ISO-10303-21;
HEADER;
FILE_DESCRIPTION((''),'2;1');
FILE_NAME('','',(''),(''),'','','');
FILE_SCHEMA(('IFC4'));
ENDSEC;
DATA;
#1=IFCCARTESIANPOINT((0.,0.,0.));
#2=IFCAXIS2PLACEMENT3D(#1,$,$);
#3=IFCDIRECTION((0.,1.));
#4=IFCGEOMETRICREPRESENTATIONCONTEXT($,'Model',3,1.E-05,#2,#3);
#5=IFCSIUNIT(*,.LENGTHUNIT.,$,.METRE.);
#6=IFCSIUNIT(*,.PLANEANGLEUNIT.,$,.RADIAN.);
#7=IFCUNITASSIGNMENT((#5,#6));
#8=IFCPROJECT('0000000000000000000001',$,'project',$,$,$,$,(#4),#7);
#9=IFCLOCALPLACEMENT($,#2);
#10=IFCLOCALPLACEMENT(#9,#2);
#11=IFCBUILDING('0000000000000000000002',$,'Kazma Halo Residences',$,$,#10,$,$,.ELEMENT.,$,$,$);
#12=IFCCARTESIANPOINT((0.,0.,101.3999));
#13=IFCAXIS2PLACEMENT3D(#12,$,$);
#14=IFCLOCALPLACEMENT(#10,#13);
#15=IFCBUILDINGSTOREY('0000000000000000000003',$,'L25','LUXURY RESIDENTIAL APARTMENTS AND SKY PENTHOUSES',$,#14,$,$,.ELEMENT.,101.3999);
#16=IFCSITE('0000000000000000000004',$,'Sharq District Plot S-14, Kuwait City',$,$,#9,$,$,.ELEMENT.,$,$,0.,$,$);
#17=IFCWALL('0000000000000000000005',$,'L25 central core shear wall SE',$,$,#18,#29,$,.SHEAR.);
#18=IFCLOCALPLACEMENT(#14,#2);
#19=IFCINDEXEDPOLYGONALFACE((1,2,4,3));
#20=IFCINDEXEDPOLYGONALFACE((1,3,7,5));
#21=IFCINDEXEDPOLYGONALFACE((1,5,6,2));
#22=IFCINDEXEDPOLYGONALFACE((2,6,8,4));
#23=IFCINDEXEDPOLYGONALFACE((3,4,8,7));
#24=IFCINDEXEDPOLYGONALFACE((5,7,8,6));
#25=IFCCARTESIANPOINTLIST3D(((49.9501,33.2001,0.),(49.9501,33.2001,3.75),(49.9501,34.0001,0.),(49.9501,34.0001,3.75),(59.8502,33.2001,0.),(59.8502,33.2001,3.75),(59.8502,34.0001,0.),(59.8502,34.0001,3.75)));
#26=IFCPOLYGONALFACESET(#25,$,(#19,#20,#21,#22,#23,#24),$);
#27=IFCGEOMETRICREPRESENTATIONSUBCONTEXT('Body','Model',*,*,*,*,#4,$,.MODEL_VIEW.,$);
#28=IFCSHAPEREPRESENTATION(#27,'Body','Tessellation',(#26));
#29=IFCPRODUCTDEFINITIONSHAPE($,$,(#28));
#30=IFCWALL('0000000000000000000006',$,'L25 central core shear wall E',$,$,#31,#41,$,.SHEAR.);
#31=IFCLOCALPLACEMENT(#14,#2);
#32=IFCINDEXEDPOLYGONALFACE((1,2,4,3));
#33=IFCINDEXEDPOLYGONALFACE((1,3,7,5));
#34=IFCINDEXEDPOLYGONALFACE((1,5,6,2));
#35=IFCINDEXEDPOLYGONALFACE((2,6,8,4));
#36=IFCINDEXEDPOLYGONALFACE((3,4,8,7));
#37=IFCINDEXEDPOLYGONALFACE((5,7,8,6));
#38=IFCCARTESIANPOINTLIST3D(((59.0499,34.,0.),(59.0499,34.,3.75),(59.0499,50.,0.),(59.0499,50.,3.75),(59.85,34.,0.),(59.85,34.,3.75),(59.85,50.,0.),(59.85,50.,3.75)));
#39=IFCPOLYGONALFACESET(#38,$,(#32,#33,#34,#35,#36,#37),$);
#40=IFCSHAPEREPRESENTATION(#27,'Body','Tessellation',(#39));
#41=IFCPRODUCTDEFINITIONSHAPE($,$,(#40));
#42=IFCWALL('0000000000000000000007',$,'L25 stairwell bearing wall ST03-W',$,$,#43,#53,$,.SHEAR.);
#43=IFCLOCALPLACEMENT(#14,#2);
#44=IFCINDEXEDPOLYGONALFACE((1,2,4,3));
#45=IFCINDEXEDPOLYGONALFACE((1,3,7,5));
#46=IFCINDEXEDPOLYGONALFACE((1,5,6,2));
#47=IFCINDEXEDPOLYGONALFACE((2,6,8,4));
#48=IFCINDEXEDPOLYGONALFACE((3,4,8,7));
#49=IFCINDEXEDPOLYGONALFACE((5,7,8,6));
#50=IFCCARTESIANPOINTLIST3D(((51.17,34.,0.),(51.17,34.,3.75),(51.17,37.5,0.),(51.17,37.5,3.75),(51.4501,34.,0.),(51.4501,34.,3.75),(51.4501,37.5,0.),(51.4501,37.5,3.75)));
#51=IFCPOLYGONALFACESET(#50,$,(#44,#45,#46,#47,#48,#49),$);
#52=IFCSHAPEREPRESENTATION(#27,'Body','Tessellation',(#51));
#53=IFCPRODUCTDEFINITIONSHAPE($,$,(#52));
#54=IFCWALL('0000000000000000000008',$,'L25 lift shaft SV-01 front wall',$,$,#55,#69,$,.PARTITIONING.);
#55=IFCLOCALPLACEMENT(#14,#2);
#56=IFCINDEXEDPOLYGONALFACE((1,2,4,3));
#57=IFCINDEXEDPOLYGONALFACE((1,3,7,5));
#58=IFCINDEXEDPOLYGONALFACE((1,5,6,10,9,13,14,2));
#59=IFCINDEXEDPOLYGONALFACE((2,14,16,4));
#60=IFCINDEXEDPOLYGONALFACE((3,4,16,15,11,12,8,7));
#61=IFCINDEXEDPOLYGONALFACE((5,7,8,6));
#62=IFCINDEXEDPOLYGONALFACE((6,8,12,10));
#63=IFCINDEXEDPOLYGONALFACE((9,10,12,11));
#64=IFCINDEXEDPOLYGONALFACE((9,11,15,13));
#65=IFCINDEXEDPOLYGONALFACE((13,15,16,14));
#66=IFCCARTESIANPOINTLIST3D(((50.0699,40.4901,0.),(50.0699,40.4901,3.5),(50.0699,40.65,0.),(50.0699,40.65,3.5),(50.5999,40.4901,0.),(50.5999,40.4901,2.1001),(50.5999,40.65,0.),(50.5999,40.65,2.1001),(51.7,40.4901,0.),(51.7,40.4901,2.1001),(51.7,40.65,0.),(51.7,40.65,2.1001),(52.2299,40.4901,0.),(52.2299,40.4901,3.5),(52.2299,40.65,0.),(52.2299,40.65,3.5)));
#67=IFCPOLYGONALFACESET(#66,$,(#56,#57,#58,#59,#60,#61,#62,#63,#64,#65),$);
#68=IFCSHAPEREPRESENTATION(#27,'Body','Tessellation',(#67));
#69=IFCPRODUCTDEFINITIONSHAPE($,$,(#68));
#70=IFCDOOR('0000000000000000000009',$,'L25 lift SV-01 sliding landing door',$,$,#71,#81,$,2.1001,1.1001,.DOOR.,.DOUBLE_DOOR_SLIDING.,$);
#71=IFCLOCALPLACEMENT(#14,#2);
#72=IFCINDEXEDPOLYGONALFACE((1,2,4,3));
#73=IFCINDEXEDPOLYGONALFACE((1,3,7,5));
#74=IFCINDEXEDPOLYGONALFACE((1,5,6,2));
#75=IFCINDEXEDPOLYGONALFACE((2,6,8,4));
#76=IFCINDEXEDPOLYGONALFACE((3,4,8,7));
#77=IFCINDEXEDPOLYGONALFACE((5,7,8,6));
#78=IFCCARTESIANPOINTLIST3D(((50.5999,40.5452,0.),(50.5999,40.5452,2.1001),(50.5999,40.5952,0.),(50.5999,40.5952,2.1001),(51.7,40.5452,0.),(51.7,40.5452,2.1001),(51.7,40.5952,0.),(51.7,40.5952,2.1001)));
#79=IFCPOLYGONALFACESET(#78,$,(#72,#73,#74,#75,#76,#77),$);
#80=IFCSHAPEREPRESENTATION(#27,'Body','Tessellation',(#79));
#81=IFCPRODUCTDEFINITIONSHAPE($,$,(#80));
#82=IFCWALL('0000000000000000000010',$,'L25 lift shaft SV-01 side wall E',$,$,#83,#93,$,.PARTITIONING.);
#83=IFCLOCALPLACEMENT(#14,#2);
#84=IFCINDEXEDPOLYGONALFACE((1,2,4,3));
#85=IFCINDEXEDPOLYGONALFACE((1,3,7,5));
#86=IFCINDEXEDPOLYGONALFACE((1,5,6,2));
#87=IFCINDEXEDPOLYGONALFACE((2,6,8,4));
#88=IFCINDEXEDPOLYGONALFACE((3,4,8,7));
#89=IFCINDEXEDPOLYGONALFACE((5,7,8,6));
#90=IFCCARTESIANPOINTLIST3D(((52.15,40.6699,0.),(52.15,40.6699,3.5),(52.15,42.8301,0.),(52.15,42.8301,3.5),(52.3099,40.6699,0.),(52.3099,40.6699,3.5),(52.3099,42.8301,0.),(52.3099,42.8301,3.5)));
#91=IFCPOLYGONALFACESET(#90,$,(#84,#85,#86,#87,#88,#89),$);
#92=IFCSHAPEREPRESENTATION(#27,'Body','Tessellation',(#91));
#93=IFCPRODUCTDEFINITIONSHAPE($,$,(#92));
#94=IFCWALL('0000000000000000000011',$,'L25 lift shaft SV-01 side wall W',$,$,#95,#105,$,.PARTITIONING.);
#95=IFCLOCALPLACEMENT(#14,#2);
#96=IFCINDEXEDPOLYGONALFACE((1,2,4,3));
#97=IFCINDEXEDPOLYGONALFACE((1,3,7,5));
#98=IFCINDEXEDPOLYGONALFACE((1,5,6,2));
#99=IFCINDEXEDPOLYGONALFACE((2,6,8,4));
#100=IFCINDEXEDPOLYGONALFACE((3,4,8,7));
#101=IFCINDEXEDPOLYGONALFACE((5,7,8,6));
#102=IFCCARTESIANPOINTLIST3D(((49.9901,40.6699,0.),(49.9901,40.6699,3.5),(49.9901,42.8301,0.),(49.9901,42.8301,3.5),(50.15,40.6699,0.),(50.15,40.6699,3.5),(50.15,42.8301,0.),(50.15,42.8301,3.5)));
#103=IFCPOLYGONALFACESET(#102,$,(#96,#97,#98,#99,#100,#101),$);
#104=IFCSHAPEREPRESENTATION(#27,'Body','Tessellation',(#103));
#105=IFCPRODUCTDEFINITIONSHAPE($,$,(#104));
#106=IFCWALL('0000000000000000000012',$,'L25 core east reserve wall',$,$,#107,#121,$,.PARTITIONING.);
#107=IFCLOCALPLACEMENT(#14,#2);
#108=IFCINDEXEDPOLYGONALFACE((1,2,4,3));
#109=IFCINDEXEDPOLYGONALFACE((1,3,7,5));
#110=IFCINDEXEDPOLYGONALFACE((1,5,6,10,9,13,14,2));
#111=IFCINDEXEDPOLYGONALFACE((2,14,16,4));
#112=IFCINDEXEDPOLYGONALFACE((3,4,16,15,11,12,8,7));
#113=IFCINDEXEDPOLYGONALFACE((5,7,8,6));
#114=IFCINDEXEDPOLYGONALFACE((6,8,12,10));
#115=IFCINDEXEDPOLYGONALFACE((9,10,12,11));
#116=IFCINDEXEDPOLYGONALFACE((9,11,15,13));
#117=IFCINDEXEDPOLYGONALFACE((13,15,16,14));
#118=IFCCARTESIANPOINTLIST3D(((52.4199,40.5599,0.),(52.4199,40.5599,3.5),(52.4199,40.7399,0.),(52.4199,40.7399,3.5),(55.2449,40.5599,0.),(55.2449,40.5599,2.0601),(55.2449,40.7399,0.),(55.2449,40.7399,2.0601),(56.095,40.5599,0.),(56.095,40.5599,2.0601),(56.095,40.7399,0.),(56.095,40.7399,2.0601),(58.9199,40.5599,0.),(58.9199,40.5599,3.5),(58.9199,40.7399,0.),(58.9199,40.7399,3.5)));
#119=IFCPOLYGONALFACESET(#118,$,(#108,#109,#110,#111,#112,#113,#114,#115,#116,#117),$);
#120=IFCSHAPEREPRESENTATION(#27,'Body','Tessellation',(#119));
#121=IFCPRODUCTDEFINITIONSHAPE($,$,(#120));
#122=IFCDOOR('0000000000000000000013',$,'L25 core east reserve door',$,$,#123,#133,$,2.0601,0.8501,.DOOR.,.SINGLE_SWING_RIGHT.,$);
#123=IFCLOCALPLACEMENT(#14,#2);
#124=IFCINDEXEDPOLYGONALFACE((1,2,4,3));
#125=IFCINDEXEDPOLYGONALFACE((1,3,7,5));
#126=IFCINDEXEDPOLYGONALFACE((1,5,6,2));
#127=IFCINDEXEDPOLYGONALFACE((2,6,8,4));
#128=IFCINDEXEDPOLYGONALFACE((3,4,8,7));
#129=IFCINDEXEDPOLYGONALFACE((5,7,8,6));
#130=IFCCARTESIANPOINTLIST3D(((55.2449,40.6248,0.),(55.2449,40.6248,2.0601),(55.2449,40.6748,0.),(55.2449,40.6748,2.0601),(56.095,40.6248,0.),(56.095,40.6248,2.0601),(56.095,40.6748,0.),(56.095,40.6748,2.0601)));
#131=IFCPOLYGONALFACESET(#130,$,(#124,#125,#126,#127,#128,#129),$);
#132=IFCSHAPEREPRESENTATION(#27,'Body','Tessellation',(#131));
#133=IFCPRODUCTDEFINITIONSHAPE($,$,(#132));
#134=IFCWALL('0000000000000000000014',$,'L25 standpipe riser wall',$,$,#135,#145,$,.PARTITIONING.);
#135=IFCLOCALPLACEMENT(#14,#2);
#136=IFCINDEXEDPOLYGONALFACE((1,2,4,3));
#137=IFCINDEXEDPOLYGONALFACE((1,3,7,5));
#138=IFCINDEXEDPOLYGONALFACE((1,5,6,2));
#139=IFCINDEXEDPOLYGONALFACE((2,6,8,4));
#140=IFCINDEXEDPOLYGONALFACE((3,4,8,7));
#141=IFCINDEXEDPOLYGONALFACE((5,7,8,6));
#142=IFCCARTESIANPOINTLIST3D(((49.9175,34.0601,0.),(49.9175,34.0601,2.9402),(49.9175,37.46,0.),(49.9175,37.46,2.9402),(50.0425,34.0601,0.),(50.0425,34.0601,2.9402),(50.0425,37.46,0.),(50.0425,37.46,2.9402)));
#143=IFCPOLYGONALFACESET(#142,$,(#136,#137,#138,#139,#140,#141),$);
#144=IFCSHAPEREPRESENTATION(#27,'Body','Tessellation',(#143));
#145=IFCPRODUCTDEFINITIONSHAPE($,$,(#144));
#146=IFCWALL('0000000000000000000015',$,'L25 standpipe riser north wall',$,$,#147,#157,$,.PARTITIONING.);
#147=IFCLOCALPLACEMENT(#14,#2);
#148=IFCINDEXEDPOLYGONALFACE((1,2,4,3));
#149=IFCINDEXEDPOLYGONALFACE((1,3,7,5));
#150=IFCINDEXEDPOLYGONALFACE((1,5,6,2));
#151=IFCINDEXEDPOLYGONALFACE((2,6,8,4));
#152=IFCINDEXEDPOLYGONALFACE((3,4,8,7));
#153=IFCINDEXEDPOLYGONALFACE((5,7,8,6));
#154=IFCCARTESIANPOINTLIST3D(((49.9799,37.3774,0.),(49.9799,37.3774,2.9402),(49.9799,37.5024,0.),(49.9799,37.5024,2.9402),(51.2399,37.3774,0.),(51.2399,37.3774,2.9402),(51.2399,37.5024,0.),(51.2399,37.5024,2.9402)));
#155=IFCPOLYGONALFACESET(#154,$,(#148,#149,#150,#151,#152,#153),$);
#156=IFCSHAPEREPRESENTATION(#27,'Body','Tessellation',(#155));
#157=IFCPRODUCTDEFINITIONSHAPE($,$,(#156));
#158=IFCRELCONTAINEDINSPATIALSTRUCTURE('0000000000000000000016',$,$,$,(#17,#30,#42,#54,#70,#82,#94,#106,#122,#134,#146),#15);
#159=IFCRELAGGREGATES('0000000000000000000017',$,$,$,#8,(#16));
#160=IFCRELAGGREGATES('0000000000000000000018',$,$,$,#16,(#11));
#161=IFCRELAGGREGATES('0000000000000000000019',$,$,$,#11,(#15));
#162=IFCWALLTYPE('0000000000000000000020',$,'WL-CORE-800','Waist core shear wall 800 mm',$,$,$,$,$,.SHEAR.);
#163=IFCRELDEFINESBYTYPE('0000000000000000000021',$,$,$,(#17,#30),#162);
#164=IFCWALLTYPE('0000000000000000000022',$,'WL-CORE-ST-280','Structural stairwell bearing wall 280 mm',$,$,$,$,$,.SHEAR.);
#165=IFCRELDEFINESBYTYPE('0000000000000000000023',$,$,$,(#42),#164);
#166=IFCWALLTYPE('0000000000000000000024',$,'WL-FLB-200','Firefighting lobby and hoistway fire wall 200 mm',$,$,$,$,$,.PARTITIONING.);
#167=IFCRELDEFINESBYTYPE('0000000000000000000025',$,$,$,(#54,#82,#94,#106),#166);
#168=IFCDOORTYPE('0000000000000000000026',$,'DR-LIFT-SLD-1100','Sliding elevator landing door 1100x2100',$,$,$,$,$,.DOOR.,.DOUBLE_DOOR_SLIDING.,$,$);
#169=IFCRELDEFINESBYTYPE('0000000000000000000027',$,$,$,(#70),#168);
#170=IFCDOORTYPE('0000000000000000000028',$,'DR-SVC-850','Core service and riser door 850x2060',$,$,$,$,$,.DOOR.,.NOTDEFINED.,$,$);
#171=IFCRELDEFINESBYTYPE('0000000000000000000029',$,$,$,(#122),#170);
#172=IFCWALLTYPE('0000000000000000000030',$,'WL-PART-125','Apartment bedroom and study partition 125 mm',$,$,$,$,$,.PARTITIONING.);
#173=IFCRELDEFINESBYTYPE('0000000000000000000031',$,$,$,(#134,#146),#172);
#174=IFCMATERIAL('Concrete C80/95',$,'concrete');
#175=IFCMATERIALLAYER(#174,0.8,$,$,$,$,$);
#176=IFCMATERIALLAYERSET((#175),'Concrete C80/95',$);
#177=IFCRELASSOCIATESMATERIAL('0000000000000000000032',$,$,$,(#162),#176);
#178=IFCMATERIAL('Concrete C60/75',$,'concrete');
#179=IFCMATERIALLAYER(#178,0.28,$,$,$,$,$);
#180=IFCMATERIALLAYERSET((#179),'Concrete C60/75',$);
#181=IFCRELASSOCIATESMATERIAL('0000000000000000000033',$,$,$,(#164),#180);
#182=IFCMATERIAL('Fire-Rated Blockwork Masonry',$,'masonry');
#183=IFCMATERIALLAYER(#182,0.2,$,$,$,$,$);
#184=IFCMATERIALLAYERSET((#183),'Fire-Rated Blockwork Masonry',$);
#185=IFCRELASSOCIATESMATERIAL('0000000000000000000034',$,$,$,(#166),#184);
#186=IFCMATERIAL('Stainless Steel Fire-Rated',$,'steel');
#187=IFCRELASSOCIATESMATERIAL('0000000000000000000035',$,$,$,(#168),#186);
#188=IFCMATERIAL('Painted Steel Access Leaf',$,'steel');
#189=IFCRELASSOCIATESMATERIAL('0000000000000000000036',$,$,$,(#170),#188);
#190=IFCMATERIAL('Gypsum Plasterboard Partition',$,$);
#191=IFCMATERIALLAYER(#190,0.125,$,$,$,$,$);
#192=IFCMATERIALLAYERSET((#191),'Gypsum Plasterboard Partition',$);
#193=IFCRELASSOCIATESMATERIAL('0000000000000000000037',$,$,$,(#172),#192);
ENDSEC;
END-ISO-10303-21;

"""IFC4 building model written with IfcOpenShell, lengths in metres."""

from ifc_helpers import new_model, si_unit, direction, frame, frame_2d, origin, place, context, subcontext, project, spatial, rectangle, extrude, material, layer, layer_set, type_object, element, fill, save


model = new_model("IFC4")

# Units and contexts
model_context = context("Model", 3, precision=1e-05, world=origin(), true_north=direction((0.0, 1.0)))
body_context = subcontext(model_context, "Body", "Model", "MODEL_VIEW")
ifc_project = project(units=[si_unit("LENGTHUNIT", "METRE"), si_unit("PLANEANGLEUNIT", "RADIAN")], contexts=[model_context])

# Site, building, storey
site_placement = place(None, origin())
site = spatial("IfcSite", under=ifc_project, at=site_placement, Name="Sharq District Plot S-14, Kuwait City", CompositionType="ELEMENT", RefElevation=0.0)
building_placement = place(site_placement, origin())
building = spatial("IfcBuilding", under=site, at=building_placement, Name="Kazma Halo Residences", CompositionType="ELEMENT")
storey_placement = place(building_placement, frame((0.0, 0.0, 101.3999)))
storey = spatial("IfcBuildingStorey", under=building, at=storey_placement, Name="L25", Description="LUXURY RESIDENTIAL APARTMENTS AND SKY PENTHOUSES", CompositionType="ELEMENT", Elevation=101.3999)

# Walls
ifc_material_1 = material(Name="Concrete C80/95", Category="concrete")
ifc_layer_1 = layer(ifc_material_1, 0.8)
ifc_layer_set_1 = layer_set([ifc_layer_1], Name="Concrete C80/95")
wall_type_1 = type_object("IfcWallType", Name="WL-CORE-800", Description="Waist core shear wall 800 mm", PredefinedType="SHEAR", material=ifc_layer_set_1)
wall_1_placement = place(storey_placement, frame((49.95, 33.6001, 0.0), z_axis=(0.0, 0.0, 1.0), x_axis=(1.0, 0.0, 0.0)))
element("IfcWall", 1, at=wall_1_placement, inside=storey, type_object=wall_type_1, Name="L25 central core shear wall SE", PredefinedType="SHEAR", context=body_context, shape_type="SweptSolid", body=[
    extrude(rectangle(XDim=9.9001, YDim=0.8, at=frame_2d((4.9502, 0.0))), origin(), (0.0, 0.0, 1.0), 3.75),
])
wall_2_placement = place(storey_placement, frame((59.45, 34.0, 0.0), z_axis=(0.0, 0.0, 1.0), x_axis=(0.0, 1.0, 0.0)))
element("IfcWall", 2, at=wall_2_placement, inside=storey, type_object=wall_type_1, Name="L25 central core shear wall E", PredefinedType="SHEAR", context=body_context, shape_type="SweptSolid", body=[
    extrude(rectangle(XDim=16.0, YDim=0.8, at=frame_2d((8.0, 0.0))), origin(), (0.0, 0.0, 1.0), 3.75),
])
ifc_material_2 = material(Name="Concrete C60/75", Category="concrete")
ifc_layer_2 = layer(ifc_material_2, 0.28)
ifc_layer_set_2 = layer_set([ifc_layer_2], Name="Concrete C60/75")
wall_type_2 = type_object("IfcWallType", Name="WL-CORE-ST-280", Description="Structural stairwell bearing wall 280 mm", PredefinedType="SHEAR", material=ifc_layer_set_2)
wall_3_placement = place(storey_placement, frame((51.3101, 34.0, 0.0), z_axis=(0.0, 0.0, 1.0), x_axis=(0.0, 1.0, 0.0)))
element("IfcWall", 3, at=wall_3_placement, inside=storey, type_object=wall_type_2, Name="L25 stairwell bearing wall ST03-W", PredefinedType="SHEAR", context=body_context, shape_type="SweptSolid", body=[
    extrude(rectangle(XDim=3.5, YDim=0.28, at=frame_2d((1.75, 0.0))), origin(), (0.0, 0.0, 1.0), 3.75),
])

# Wall, opening, door
ifc_material_3 = material(Name="Fire-Rated Blockwork Masonry", Category="masonry")
ifc_layer_3 = layer(ifc_material_3, 0.2)
ifc_layer_set_3 = layer_set([ifc_layer_3], Name="Fire-Rated Blockwork Masonry")
wall_type_3 = type_object("IfcWallType", Name="WL-FLB-200", Description="Firefighting lobby and hoistway fire wall 200 mm", PredefinedType="PARTITIONING", material=ifc_layer_set_3)
wall_4_placement = place(storey_placement, frame((52.23, 40.5701, 0.0), z_axis=(0.0, 0.0, 1.0), x_axis=(-1.0, 0.0, 0.0)))
wall_4 = element("IfcWall", 4, at=wall_4_placement, inside=storey, type_object=wall_type_3, Name="L25 lift shaft SV-01 front wall", PredefinedType="PARTITIONING", context=body_context, shape_type="SweptSolid", body=[
    extrude(rectangle(XDim=2.1599, YDim=0.1599, at=frame_2d((1.0801, 0.0))), origin(), (0.0, 0.0, 1.0), 3.5),
])
opening_1_placement = place(wall_4_placement, frame((0.53, 0.0, 0.0)))
opening_1 = element("IfcOpeningElement", 5, at=opening_1_placement, cuts=wall_4, PredefinedType="OPENING", context=body_context, shape_type="SweptSolid", body=[
    extrude(rectangle(XDim=1.1001, YDim=2.1001, at=frame_2d((0.55, 1.05))), frame((0.0, 0.0898, 0.0), z_axis=(0.0, -1.0, 0.0), x_axis=(1.0, 0.0, 0.0)), (0.0, 0.0, 1.0), 0.1799),
])
ifc_material_4 = material(Name="Stainless Steel Fire-Rated", Category="steel")
door_type_1 = type_object("IfcDoorType", Name="DR-LIFT-SLD-1100", Description="Sliding elevator landing door 1100x2100", OperationType="DOUBLE_DOOR_SLIDING", PredefinedType="DOOR", material=ifc_material_4)
door_1_placement = place(opening_1_placement, origin())
door_1 = element("IfcDoor", 6, at=door_1_placement, inside=storey, type_object=door_type_1, Name="L25 lift SV-01 sliding landing door", OperationType="DOUBLE_DOOR_SLIDING", OverallHeight=2.1001, OverallWidth=1.1001, PredefinedType="DOOR", context=body_context, shape_type="SweptSolid", body=[
    extrude(rectangle(XDim=1.1001, YDim=2.1001, at=frame_2d((0.55, 1.05))), frame((0.0, 0.0249, 0.0), z_axis=(0.0, -1.0, 0.0), x_axis=(1.0, 0.0, 0.0)), (0.0, 0.0, 1.0), 0.05),
])
fill(opening_1, door_1)

# Walls
for number, where, z_axis, x_axis, name in (
    (7, (52.23, 40.6699, 0.0), (0.0, 0.0, 1.0), (0.0, 1.0, 0.0), "L25 lift shaft SV-01 side wall E"),
    (8, (50.0701, 40.6699, 0.0), (0.0, 0.0, 1.0), (0.0, 1.0, 0.0), "L25 lift shaft SV-01 side wall W"),
):
    element("IfcWall", number, at=place(storey_placement, frame(where, z_axis=z_axis, x_axis=x_axis)), inside=storey, type_object=wall_type_3, Name=name, PredefinedType="PARTITIONING", context=body_context, shape_type="SweptSolid", body=[
        extrude(rectangle(XDim=2.1602, YDim=0.1599, at=frame_2d((1.0801, 0.0))), origin(), (0.0, 0.0, 1.0), 3.5),
    ])

# Wall, opening, door
wall_5_placement = place(storey_placement, frame((52.4199, 40.6499, 0.0), z_axis=(0.0, 0.0, 1.0), x_axis=(1.0, 0.0, 0.0)))
wall_5 = element("IfcWall", 9, at=wall_5_placement, inside=storey, type_object=wall_type_3, Name="L25 core east reserve wall", PredefinedType="PARTITIONING", context=body_context, shape_type="SweptSolid", body=[
    extrude(rectangle(XDim=6.5, YDim=0.1799, at=frame_2d((3.25, 0.0))), origin(), (0.0, 0.0, 1.0), 3.5),
])
opening_2_placement = place(wall_5_placement, frame((2.825, 0.0, 0.0)))
opening_2 = element("IfcOpeningElement", 10, at=opening_2_placement, cuts=wall_5, PredefinedType="OPENING", context=body_context, shape_type="SweptSolid", body=[
    extrude(rectangle(XDim=0.8501, YDim=2.0601, at=frame_2d((0.425, 1.03))), frame((0.0, 0.0999, 0.0), z_axis=(0.0, -1.0, 0.0), x_axis=(1.0, 0.0, 0.0)), (0.0, 0.0, 1.0), 0.2),
])
ifc_material_5 = material(Name="Painted Steel Access Leaf", Category="steel")
door_type_2 = type_object("IfcDoorType", Name="DR-SVC-850", Description="Core service and riser door 850x2060", OperationType="NOTDEFINED", PredefinedType="DOOR", material=ifc_material_5)
door_2_placement = place(opening_2_placement, origin())
door_2 = element("IfcDoor", 11, at=door_2_placement, inside=storey, type_object=door_type_2, Name="L25 core east reserve door", OperationType="SINGLE_SWING_RIGHT", OverallHeight=2.0601, OverallWidth=0.8501, PredefinedType="DOOR", context=body_context, shape_type="SweptSolid", body=[
    extrude(rectangle(XDim=0.8501, YDim=2.0601, at=frame_2d((0.425, 1.03))), frame((0.0, 0.0249, 0.0), z_axis=(0.0, -1.0, 0.0), x_axis=(1.0, 0.0, 0.0)), (0.0, 0.0, 1.0), 0.05),
])
fill(opening_2, door_2)

# Walls
ifc_material_6 = material(Name="Gypsum Plasterboard Partition")
ifc_layer_4 = layer(ifc_material_6, 0.125)
ifc_layer_set_4 = layer_set([ifc_layer_4], Name="Gypsum Plasterboard Partition")
wall_type_4 = type_object("IfcWallType", Name="WL-PART-125", Description="Apartment bedroom and study partition 125 mm", PredefinedType="PARTITIONING", material=ifc_layer_set_4)
wall_6_placement = place(storey_placement, frame((49.98, 34.0601, 0.0), z_axis=(0.0, 0.0, 1.0), x_axis=(0.0, 1.0, 0.0)))
element("IfcWall", 12, at=wall_6_placement, inside=storey, type_object=wall_type_4, Name="L25 standpipe riser wall", PredefinedType="PARTITIONING", context=body_context, shape_type="SweptSolid", body=[
    extrude(rectangle(XDim=3.3999, YDim=0.125, at=frame_2d((1.7, 0.0))), origin(), (0.0, 0.0, 1.0), 2.9402),
])
wall_7_placement = place(storey_placement, frame((49.98, 37.4399, 0.0), z_axis=(0.0, 0.0, 1.0), x_axis=(1.0, 0.0, 0.0)))
element("IfcWall", 13, at=wall_7_placement, inside=storey, type_object=wall_type_4, Name="L25 standpipe riser north wall", PredefinedType="PARTITIONING", context=body_context, shape_type="SweptSolid", body=[
    extrude(rectangle(XDim=1.26, YDim=0.125, at=frame_2d((0.6299, 0.0))), origin(), (0.0, 0.0, 1.0), 2.9402),
])

save(model, "model.ifc")
